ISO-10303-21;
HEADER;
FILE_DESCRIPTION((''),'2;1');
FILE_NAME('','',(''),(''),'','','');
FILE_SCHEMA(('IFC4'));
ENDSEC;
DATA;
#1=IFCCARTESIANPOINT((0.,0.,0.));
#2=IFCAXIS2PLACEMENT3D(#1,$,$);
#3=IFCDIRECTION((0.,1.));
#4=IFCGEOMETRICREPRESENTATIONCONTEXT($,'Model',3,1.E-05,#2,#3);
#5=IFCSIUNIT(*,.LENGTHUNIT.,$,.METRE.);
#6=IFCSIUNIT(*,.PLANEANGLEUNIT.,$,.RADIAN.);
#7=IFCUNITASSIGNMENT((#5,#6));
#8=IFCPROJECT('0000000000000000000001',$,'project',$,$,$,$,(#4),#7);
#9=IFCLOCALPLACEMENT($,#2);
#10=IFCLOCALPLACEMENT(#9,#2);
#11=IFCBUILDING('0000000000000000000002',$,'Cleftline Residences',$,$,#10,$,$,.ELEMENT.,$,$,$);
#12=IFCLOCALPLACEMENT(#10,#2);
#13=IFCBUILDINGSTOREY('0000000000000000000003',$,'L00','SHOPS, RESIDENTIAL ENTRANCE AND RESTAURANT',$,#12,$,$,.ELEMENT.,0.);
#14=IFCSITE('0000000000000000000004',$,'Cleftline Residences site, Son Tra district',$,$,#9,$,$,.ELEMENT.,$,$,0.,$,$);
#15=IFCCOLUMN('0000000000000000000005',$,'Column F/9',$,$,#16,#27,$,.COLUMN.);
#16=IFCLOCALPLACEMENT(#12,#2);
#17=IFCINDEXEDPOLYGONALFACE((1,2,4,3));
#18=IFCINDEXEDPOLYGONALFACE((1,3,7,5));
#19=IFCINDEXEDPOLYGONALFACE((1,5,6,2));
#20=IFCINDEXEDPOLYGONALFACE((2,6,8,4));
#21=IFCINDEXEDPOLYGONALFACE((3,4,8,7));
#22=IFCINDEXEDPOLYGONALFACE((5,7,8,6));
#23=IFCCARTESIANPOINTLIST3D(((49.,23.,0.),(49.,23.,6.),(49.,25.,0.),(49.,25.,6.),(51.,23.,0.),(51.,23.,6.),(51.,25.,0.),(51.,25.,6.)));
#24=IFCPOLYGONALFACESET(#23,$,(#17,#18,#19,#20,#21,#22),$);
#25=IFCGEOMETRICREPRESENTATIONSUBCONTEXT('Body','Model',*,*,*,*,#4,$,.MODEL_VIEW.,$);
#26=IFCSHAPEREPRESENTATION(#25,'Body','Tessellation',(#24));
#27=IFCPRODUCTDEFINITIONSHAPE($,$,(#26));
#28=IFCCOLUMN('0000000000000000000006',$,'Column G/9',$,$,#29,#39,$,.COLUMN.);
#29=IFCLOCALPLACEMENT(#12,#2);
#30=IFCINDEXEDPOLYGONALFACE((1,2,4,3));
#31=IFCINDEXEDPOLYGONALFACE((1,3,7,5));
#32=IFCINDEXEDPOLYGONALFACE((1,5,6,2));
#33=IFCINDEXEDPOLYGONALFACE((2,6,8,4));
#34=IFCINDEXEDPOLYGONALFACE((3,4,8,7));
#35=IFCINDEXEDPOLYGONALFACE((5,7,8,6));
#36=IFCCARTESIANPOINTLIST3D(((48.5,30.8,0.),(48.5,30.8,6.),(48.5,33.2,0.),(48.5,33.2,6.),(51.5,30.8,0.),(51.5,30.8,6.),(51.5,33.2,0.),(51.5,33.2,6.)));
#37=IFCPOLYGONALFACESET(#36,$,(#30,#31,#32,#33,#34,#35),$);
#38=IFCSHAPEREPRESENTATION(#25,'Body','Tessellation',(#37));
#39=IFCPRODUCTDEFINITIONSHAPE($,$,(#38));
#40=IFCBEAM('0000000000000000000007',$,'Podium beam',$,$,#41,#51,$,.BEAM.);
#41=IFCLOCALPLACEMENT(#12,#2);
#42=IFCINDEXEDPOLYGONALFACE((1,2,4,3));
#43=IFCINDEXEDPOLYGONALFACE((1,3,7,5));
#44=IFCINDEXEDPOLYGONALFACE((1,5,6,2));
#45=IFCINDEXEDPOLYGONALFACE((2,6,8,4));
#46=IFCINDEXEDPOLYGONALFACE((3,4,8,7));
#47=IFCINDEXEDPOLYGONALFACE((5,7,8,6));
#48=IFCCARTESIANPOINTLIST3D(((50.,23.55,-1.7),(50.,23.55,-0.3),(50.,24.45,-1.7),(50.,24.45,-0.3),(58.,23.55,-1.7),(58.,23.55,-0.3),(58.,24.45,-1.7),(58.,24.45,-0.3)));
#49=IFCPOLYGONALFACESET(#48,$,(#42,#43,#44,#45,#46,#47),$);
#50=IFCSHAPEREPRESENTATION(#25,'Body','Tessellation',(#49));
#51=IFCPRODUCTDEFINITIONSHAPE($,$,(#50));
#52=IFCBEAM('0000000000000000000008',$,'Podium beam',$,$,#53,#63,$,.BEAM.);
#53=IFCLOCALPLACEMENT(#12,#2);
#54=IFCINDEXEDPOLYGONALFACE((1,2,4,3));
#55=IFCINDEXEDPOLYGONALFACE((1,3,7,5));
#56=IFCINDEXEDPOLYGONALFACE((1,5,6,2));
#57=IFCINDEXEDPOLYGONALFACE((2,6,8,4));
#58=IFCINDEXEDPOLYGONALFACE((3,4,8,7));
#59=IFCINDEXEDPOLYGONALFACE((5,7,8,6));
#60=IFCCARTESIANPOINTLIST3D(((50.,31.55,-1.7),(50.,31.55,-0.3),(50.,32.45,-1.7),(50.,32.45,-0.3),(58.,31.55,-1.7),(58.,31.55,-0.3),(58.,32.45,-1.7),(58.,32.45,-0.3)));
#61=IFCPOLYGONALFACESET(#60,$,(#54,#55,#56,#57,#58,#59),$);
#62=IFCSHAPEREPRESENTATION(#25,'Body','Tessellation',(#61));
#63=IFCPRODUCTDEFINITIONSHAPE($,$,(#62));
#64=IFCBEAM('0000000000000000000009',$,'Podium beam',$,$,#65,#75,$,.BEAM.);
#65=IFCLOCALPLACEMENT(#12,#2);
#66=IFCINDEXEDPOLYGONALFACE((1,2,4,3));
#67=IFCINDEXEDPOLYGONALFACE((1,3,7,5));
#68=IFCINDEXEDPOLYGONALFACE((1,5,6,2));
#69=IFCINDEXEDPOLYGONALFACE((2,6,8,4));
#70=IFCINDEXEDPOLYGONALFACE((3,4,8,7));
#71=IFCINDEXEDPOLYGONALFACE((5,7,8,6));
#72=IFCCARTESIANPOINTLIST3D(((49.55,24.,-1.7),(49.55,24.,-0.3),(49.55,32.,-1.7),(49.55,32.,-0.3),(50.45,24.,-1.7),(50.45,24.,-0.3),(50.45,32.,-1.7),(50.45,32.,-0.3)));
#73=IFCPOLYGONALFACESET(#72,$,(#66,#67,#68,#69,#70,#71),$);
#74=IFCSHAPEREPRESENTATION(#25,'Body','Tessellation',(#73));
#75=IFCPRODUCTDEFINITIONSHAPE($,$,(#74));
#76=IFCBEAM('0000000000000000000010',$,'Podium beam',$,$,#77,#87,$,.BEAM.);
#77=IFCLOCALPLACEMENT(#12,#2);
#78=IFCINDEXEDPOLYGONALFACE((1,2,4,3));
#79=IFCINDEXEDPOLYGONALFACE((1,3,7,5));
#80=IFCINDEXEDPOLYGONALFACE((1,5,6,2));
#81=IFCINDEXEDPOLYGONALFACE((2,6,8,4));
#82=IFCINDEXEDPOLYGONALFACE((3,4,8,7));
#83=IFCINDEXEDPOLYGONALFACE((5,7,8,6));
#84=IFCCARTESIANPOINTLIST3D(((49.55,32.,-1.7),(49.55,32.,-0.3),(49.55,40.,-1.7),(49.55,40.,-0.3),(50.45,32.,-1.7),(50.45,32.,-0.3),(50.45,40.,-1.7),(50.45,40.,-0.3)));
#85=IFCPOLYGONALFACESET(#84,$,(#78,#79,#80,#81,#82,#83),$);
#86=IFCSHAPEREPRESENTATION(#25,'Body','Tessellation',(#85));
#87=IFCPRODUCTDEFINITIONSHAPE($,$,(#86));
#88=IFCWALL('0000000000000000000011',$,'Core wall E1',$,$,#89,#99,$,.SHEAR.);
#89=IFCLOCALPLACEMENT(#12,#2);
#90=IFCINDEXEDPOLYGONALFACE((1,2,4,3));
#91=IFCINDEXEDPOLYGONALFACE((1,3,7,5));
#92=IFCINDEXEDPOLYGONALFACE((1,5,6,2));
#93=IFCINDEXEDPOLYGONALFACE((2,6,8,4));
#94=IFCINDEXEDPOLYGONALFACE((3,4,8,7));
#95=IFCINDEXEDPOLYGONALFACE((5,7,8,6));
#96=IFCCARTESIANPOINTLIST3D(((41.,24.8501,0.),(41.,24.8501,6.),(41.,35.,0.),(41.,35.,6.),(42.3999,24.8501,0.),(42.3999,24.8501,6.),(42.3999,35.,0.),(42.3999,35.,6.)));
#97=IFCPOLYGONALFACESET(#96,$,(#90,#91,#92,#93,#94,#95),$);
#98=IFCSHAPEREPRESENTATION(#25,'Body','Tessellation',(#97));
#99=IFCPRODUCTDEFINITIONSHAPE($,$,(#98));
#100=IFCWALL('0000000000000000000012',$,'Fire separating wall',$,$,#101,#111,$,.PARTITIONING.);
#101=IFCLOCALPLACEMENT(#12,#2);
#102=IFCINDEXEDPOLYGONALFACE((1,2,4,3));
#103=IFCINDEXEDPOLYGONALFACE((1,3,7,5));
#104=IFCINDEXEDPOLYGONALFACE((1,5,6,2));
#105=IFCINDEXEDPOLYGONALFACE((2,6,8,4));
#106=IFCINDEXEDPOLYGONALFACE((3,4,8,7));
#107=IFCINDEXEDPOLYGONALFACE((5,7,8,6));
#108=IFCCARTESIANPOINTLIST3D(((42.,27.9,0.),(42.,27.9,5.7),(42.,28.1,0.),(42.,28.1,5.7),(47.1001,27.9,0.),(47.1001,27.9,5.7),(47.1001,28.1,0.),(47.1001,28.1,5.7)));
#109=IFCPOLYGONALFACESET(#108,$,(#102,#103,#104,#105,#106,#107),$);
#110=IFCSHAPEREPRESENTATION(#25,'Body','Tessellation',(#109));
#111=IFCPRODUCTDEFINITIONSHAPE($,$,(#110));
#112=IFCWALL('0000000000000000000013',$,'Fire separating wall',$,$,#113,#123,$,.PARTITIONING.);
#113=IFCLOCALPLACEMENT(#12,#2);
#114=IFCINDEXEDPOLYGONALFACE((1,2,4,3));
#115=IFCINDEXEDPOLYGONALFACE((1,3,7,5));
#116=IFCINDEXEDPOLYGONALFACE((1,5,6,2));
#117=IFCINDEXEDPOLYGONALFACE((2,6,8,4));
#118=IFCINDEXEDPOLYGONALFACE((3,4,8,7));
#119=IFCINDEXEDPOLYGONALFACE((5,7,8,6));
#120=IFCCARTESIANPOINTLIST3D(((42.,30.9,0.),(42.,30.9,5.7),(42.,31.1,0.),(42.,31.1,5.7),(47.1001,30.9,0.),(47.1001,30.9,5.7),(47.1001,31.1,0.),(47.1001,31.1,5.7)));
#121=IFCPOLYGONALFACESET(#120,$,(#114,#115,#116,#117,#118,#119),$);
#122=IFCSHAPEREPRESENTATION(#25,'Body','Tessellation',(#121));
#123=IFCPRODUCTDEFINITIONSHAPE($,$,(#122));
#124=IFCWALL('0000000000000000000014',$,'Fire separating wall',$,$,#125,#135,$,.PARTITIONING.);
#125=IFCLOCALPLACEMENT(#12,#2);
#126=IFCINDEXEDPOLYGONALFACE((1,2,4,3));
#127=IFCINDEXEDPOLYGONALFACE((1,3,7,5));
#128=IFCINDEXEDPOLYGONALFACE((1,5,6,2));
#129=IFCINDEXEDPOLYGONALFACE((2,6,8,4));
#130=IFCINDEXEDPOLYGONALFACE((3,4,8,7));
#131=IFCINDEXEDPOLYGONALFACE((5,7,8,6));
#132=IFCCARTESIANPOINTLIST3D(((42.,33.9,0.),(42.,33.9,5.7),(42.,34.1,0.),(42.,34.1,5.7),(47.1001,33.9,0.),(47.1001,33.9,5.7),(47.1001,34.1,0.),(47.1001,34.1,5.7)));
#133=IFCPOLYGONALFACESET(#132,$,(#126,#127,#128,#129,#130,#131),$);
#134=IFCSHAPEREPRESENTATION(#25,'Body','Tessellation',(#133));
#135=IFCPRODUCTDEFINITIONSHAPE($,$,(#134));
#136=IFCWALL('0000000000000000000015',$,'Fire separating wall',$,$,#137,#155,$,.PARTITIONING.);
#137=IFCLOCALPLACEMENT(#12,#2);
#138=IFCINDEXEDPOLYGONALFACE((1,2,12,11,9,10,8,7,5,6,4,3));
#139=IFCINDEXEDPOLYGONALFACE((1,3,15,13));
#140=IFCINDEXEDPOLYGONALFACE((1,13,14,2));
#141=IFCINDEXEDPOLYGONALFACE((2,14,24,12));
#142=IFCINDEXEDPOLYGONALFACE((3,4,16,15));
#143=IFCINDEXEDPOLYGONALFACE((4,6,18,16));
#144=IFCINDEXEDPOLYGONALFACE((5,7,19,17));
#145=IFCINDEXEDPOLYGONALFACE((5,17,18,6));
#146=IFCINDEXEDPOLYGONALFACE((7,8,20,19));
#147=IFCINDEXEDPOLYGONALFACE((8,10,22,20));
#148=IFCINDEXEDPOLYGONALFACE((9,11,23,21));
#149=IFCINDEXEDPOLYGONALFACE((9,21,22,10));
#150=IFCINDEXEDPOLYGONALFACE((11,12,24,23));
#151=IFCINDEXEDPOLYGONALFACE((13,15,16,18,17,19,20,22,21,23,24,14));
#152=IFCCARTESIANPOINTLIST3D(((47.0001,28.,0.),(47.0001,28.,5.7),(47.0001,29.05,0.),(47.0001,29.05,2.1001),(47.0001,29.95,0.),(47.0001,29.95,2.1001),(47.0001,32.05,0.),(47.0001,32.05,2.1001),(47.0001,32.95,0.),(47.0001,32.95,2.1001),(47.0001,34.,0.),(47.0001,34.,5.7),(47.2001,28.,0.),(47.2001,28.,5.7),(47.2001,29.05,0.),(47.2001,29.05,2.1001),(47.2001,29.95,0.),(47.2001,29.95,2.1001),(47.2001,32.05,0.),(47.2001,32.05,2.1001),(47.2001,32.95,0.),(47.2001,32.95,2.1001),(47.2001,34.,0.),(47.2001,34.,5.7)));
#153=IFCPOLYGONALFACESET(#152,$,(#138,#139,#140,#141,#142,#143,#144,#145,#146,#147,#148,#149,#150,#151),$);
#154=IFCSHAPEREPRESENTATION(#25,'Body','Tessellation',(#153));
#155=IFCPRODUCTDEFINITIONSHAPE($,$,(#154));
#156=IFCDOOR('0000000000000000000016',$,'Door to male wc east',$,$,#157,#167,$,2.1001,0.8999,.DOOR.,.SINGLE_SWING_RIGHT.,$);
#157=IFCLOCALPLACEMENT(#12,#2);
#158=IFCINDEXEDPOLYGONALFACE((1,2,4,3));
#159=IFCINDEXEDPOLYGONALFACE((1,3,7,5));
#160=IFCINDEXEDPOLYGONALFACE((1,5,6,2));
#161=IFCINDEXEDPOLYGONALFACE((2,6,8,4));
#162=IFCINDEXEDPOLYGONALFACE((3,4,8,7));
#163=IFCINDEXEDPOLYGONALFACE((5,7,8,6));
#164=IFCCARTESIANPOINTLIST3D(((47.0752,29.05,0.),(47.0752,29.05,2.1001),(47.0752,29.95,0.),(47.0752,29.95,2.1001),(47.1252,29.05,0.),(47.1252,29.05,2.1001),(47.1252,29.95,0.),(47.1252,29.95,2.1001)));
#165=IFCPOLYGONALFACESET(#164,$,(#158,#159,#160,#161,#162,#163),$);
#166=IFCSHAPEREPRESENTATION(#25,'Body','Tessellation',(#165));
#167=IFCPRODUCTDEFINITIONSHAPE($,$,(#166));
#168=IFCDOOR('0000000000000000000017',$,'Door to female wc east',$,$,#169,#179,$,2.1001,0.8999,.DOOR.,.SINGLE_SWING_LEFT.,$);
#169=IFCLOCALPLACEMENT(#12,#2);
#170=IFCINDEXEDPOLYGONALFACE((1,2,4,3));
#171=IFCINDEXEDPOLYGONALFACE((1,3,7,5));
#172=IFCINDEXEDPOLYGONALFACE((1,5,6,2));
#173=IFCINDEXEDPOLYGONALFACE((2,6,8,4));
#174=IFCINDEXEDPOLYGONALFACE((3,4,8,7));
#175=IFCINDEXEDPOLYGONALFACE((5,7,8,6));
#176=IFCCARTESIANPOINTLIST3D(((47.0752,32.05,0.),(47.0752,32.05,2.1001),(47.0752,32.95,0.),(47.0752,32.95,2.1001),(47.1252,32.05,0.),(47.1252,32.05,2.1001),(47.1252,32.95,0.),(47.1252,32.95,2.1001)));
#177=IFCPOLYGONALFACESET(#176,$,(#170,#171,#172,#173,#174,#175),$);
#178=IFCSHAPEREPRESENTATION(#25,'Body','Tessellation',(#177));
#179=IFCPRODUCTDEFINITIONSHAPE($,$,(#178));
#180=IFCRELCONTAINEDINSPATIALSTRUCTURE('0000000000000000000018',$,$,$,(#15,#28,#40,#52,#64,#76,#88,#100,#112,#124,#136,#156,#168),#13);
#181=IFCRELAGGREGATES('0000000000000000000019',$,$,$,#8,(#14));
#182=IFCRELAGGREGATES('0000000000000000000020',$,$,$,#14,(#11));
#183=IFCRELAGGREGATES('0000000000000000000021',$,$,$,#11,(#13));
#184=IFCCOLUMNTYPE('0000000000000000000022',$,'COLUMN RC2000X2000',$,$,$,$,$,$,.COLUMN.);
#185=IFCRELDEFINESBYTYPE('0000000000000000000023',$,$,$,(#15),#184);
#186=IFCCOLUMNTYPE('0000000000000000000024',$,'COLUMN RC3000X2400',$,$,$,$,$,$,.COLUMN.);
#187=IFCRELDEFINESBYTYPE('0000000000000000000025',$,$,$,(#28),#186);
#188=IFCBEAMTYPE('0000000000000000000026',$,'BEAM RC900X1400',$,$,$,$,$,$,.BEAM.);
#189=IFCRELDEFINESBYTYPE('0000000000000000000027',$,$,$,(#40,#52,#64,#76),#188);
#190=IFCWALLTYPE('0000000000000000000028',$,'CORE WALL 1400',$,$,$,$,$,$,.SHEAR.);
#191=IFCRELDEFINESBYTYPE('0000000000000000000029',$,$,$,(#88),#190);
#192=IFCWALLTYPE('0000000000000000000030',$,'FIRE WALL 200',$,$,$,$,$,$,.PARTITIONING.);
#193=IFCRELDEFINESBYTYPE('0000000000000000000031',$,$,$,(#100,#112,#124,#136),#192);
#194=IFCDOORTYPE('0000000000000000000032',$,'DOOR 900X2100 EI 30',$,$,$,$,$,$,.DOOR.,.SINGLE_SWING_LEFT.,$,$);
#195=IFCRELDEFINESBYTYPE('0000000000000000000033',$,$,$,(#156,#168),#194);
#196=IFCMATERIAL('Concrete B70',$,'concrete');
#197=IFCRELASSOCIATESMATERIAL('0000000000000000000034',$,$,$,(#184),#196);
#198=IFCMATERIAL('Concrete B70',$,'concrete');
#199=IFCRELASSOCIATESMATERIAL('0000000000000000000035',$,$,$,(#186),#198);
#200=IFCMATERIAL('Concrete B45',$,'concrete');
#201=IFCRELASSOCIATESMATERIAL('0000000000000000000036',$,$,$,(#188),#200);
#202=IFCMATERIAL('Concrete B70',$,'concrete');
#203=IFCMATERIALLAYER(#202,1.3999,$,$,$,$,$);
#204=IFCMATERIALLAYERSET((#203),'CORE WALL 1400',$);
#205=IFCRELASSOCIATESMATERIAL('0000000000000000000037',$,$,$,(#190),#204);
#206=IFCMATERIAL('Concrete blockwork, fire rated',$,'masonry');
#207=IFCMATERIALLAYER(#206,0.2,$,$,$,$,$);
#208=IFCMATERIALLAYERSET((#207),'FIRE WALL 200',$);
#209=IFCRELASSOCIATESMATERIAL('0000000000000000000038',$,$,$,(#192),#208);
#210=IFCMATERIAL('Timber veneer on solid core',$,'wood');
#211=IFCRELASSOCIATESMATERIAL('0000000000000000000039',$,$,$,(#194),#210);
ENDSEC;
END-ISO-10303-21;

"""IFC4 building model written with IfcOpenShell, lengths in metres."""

from ifc_helpers import new_model, si_unit, direction, frame, frame_2d, origin, origin_2d, place, context, subcontext, project, spatial, rectangle, extrude, material, layer, layer_set, material_profile, profile_set, type_object, element, fill, save


model = new_model("IFC4")

# Units and contexts
model_context = context("Model", 3, precision=1e-05, world=origin(), true_north=direction((0.0, 1.0)))
body_context = subcontext(model_context, "Body", "Model", "MODEL_VIEW")
ifc_project = project(units=[si_unit("LENGTHUNIT", "METRE"), si_unit("PLANEANGLEUNIT", "RADIAN")], contexts=[model_context])

# Site, building, storey
site_placement = place(None, origin())
site = spatial("IfcSite", under=ifc_project, at=site_placement, Name="Cleftline Residences site, Son Tra district", CompositionType="ELEMENT", RefElevation=0.0)
building_placement = place(site_placement, origin())
building = spatial("IfcBuilding", under=site, at=building_placement, Name="Cleftline Residences", CompositionType="ELEMENT")
storey_placement = place(building_placement, origin())
storey = spatial("IfcBuildingStorey", under=building, at=storey_placement, Name="L00", Description="SHOPS, RESIDENTIAL ENTRANCE AND RESTAURANT", CompositionType="ELEMENT", Elevation=0.0)

# Columns
ifc_material_1 = material(Name="Concrete B70", Category="concrete")
ifc_material_profile_1 = material_profile(ifc_material_1, rectangle(XDim=2.0, YDim=2.0, at=origin_2d()))
ifc_profile_set_1 = profile_set([ifc_material_profile_1], Name="Concrete B70")
column_type_1 = type_object("IfcColumnType", Name="COLUMN RC2000X2000", PredefinedType="COLUMN", material=ifc_profile_set_1)
column_1_placement = place(storey_placement, frame((50.0, 24.0, 0.0), z_axis=(0.0, 0.0, 1.0), x_axis=(1.0, 0.0, 0.0)))
element("IfcColumn", 1, at=column_1_placement, inside=storey, type_object=column_type_1, Name="Column F/9", PredefinedType="COLUMN", context=body_context, shape_type="SweptSolid", body=[
    extrude(rectangle(XDim=2.0, YDim=2.0, at=origin_2d()), origin(), (0.0, 0.0, 1.0), 6.0),
])
ifc_material_2 = material(Name="Concrete B70", Category="concrete")
ifc_material_profile_2 = material_profile(ifc_material_2, rectangle(XDim=3.0, YDim=2.3999, at=origin_2d()))
ifc_profile_set_2 = profile_set([ifc_material_profile_2], Name="Concrete B70")
column_type_2 = type_object("IfcColumnType", Name="COLUMN RC3000X2400", PredefinedType="COLUMN", material=ifc_profile_set_2)
column_2_placement = place(storey_placement, frame((50.0, 32.0, 0.0), z_axis=(0.0, 0.0, 1.0), x_axis=(1.0, 0.0, 0.0)))
element("IfcColumn", 2, at=column_2_placement, inside=storey, type_object=column_type_2, Name="Column G/9", PredefinedType="COLUMN", context=body_context, shape_type="SweptSolid", body=[
    extrude(rectangle(XDim=3.0, YDim=2.3999, at=origin_2d()), origin(), (0.0, 0.0, 1.0), 6.0),
])

# Beams
ifc_material_3 = material(Name="Concrete B45", Category="concrete")
ifc_material_profile_3 = material_profile(ifc_material_3, rectangle(XDim=0.8999, YDim=1.3999, at=origin_2d()))
ifc_profile_set_3 = profile_set([ifc_material_profile_3], Name="Concrete B45")
beam_type = type_object("IfcBeamType", Name="BEAM RC900X1400", PredefinedType="BEAM", material=ifc_profile_set_3)
for number, where, z_axis, x_axis, name in (
    (3, (50.0, 24.0, -1.0), (1.0, 0.0, 0.0), (0.0, 1.0, 0.0), "Podium beam"),
    (4, (50.0, 32.0, -1.0), (1.0, 0.0, 0.0), (0.0, 1.0, 0.0), "Podium beam"),
    (5, (50.0, 24.0, -1.0), (0.0, 1.0, 0.0), (-1.0, 0.0, 0.0), "Podium beam"),
    (6, (50.0, 32.0, -1.0), (0.0, 1.0, 0.0), (-1.0, 0.0, 0.0), "Podium beam"),
):
    element("IfcBeam", number, at=place(storey_placement, frame(where, z_axis=z_axis, x_axis=x_axis)), inside=storey, type_object=beam_type, Name=name, PredefinedType="BEAM", context=body_context, shape_type="SweptSolid", body=[
        extrude(rectangle(XDim=0.8999, YDim=1.3999, at=origin_2d()), origin(), (0.0, 0.0, 1.0), 8.0),
    ])

# Walls
ifc_material_4 = material(Name="Concrete B70", Category="concrete")
ifc_layer_1 = layer(ifc_material_4, 1.3999)
ifc_layer_set_1 = layer_set([ifc_layer_1], Name="CORE WALL 1400")
wall_type_1 = type_object("IfcWallType", Name="CORE WALL 1400", PredefinedType="SHEAR", material=ifc_layer_set_1)
wall_1_placement = place(storey_placement, frame((41.7, 24.8501, 0.0), z_axis=(0.0, 0.0, 1.0), x_axis=(0.0, 1.0, 0.0)))
element("IfcWall", 7, at=wall_1_placement, inside=storey, type_object=wall_type_1, Name="Core wall E1", PredefinedType="SHEAR", context=body_context, shape_type="SweptSolid", body=[
    extrude(rectangle(XDim=10.1499, YDim=1.3999, at=frame_2d((5.075, 0.0))), origin(), (0.0, 0.0, 1.0), 6.0),
])
ifc_material_5 = material(Name="Concrete blockwork, fire rated", Category="masonry")
ifc_layer_2 = layer(ifc_material_5, 0.2)
ifc_layer_set_2 = layer_set([ifc_layer_2], Name="FIRE WALL 200")
wall_type_2 = type_object("IfcWallType", Name="FIRE WALL 200", PredefinedType="PARTITIONING", material=ifc_layer_set_2)
for number, where, z_axis, x_axis, name in (
    (8, (42.0, 28.0, 0.0), (0.0, 0.0, 1.0), (1.0, 0.0, 0.0), "Fire separating wall"),
    (9, (42.0, 31.0, 0.0), (0.0, 0.0, 1.0), (1.0, 0.0, 0.0), "Fire separating wall"),
    (10, (42.0, 34.0, 0.0), (0.0, 0.0, 1.0), (1.0, 0.0, 0.0), "Fire separating wall"),
):
    element("IfcWall", number, at=place(storey_placement, frame(where, z_axis=z_axis, x_axis=x_axis)), inside=storey, type_object=wall_type_2, Name=name, PredefinedType="PARTITIONING", context=body_context, shape_type="SweptSolid", body=[
        extrude(rectangle(XDim=5.1001, YDim=0.2, at=frame_2d((2.55, 0.0))), origin(), (0.0, 0.0, 1.0), 5.7),
    ])

# Wall, openings, doors
wall_2_placement = place(storey_placement, frame((47.1001, 28.0, 0.0), z_axis=(0.0, 0.0, 1.0), x_axis=(0.0, 1.0, 0.0)))
wall_2 = element("IfcWall", 11, at=wall_2_placement, inside=storey, type_object=wall_type_2, Name="Fire separating wall", PredefinedType="PARTITIONING", context=body_context, shape_type="SweptSolid", body=[
    extrude(rectangle(XDim=6.0, YDim=0.2, at=frame_2d((3.0, 0.0))), origin(), (0.0, 0.0, 1.0), 5.7),
])
opening_1_placement = place(wall_2_placement, frame((1.05, 0.0, 0.0)))
opening_1 = element("IfcOpeningElement", 12, at=opening_1_placement, cuts=wall_2, PredefinedType="OPENING", context=body_context, shape_type="SweptSolid", body=[
    extrude(rectangle(XDim=0.8999, YDim=2.1001, at=frame_2d((0.45, 1.05))), frame((0.0, 0.1099, 0.0), z_axis=(0.0, -1.0, 0.0), x_axis=(1.0, 0.0, 0.0)), (0.0, 0.0, 1.0), 0.22),
])
opening_2_placement = place(wall_2_placement, frame((4.05, 0.0, 0.0)))
opening_2 = element("IfcOpeningElement", 13, at=opening_2_placement, cuts=wall_2, PredefinedType="OPENING", context=body_context, shape_type="SweptSolid", body=[
    extrude(rectangle(XDim=0.8999, YDim=2.1001, at=frame_2d((0.45, 1.05))), frame((0.0, 0.1099, 0.0), z_axis=(0.0, -1.0, 0.0), x_axis=(1.0, 0.0, 0.0)), (0.0, 0.0, 1.0), 0.22),
])
ifc_material_6 = material(Name="Timber veneer on solid core", Category="wood")
door_type_1 = type_object("IfcDoorType", Name="DOOR 900X2100 EI 30", OperationType="SINGLE_SWING_LEFT", PredefinedType="DOOR", material=ifc_material_6)
door_1_placement = place(opening_1_placement, origin())
door_1 = element("IfcDoor", 14, at=door_1_placement, inside=storey, type_object=door_type_1, Name="Door to male wc east", OperationType="SINGLE_SWING_RIGHT", OverallHeight=2.1001, OverallWidth=0.8999, PredefinedType="DOOR", context=body_context, shape_type="SweptSolid", body=[
    extrude(rectangle(XDim=0.8999, YDim=2.1001, at=frame_2d((0.45, 1.05))), frame((0.0, 0.0249, 0.0), z_axis=(0.0, -1.0, 0.0), x_axis=(1.0, 0.0, 0.0)), (0.0, 0.0, 1.0), 0.05),
])
fill(opening_1, door_1)
door_2_placement = place(opening_2_placement, origin())
door_2 = element("IfcDoor", 15, at=door_2_placement, inside=storey, type_object=door_type_1, Name="Door to female wc east", OperationType="SINGLE_SWING_LEFT", OverallHeight=2.1001, OverallWidth=0.8999, PredefinedType="DOOR", context=body_context, shape_type="SweptSolid", body=[
    extrude(rectangle(XDim=0.8999, YDim=2.1001, at=frame_2d((0.45, 1.05))), frame((0.0, 0.0249, 0.0), z_axis=(0.0, -1.0, 0.0), x_axis=(1.0, 0.0, 0.0)), (0.0, 0.0, 1.0), 0.05),
])
fill(opening_2, door_2)

save(model, "model.ifc")
